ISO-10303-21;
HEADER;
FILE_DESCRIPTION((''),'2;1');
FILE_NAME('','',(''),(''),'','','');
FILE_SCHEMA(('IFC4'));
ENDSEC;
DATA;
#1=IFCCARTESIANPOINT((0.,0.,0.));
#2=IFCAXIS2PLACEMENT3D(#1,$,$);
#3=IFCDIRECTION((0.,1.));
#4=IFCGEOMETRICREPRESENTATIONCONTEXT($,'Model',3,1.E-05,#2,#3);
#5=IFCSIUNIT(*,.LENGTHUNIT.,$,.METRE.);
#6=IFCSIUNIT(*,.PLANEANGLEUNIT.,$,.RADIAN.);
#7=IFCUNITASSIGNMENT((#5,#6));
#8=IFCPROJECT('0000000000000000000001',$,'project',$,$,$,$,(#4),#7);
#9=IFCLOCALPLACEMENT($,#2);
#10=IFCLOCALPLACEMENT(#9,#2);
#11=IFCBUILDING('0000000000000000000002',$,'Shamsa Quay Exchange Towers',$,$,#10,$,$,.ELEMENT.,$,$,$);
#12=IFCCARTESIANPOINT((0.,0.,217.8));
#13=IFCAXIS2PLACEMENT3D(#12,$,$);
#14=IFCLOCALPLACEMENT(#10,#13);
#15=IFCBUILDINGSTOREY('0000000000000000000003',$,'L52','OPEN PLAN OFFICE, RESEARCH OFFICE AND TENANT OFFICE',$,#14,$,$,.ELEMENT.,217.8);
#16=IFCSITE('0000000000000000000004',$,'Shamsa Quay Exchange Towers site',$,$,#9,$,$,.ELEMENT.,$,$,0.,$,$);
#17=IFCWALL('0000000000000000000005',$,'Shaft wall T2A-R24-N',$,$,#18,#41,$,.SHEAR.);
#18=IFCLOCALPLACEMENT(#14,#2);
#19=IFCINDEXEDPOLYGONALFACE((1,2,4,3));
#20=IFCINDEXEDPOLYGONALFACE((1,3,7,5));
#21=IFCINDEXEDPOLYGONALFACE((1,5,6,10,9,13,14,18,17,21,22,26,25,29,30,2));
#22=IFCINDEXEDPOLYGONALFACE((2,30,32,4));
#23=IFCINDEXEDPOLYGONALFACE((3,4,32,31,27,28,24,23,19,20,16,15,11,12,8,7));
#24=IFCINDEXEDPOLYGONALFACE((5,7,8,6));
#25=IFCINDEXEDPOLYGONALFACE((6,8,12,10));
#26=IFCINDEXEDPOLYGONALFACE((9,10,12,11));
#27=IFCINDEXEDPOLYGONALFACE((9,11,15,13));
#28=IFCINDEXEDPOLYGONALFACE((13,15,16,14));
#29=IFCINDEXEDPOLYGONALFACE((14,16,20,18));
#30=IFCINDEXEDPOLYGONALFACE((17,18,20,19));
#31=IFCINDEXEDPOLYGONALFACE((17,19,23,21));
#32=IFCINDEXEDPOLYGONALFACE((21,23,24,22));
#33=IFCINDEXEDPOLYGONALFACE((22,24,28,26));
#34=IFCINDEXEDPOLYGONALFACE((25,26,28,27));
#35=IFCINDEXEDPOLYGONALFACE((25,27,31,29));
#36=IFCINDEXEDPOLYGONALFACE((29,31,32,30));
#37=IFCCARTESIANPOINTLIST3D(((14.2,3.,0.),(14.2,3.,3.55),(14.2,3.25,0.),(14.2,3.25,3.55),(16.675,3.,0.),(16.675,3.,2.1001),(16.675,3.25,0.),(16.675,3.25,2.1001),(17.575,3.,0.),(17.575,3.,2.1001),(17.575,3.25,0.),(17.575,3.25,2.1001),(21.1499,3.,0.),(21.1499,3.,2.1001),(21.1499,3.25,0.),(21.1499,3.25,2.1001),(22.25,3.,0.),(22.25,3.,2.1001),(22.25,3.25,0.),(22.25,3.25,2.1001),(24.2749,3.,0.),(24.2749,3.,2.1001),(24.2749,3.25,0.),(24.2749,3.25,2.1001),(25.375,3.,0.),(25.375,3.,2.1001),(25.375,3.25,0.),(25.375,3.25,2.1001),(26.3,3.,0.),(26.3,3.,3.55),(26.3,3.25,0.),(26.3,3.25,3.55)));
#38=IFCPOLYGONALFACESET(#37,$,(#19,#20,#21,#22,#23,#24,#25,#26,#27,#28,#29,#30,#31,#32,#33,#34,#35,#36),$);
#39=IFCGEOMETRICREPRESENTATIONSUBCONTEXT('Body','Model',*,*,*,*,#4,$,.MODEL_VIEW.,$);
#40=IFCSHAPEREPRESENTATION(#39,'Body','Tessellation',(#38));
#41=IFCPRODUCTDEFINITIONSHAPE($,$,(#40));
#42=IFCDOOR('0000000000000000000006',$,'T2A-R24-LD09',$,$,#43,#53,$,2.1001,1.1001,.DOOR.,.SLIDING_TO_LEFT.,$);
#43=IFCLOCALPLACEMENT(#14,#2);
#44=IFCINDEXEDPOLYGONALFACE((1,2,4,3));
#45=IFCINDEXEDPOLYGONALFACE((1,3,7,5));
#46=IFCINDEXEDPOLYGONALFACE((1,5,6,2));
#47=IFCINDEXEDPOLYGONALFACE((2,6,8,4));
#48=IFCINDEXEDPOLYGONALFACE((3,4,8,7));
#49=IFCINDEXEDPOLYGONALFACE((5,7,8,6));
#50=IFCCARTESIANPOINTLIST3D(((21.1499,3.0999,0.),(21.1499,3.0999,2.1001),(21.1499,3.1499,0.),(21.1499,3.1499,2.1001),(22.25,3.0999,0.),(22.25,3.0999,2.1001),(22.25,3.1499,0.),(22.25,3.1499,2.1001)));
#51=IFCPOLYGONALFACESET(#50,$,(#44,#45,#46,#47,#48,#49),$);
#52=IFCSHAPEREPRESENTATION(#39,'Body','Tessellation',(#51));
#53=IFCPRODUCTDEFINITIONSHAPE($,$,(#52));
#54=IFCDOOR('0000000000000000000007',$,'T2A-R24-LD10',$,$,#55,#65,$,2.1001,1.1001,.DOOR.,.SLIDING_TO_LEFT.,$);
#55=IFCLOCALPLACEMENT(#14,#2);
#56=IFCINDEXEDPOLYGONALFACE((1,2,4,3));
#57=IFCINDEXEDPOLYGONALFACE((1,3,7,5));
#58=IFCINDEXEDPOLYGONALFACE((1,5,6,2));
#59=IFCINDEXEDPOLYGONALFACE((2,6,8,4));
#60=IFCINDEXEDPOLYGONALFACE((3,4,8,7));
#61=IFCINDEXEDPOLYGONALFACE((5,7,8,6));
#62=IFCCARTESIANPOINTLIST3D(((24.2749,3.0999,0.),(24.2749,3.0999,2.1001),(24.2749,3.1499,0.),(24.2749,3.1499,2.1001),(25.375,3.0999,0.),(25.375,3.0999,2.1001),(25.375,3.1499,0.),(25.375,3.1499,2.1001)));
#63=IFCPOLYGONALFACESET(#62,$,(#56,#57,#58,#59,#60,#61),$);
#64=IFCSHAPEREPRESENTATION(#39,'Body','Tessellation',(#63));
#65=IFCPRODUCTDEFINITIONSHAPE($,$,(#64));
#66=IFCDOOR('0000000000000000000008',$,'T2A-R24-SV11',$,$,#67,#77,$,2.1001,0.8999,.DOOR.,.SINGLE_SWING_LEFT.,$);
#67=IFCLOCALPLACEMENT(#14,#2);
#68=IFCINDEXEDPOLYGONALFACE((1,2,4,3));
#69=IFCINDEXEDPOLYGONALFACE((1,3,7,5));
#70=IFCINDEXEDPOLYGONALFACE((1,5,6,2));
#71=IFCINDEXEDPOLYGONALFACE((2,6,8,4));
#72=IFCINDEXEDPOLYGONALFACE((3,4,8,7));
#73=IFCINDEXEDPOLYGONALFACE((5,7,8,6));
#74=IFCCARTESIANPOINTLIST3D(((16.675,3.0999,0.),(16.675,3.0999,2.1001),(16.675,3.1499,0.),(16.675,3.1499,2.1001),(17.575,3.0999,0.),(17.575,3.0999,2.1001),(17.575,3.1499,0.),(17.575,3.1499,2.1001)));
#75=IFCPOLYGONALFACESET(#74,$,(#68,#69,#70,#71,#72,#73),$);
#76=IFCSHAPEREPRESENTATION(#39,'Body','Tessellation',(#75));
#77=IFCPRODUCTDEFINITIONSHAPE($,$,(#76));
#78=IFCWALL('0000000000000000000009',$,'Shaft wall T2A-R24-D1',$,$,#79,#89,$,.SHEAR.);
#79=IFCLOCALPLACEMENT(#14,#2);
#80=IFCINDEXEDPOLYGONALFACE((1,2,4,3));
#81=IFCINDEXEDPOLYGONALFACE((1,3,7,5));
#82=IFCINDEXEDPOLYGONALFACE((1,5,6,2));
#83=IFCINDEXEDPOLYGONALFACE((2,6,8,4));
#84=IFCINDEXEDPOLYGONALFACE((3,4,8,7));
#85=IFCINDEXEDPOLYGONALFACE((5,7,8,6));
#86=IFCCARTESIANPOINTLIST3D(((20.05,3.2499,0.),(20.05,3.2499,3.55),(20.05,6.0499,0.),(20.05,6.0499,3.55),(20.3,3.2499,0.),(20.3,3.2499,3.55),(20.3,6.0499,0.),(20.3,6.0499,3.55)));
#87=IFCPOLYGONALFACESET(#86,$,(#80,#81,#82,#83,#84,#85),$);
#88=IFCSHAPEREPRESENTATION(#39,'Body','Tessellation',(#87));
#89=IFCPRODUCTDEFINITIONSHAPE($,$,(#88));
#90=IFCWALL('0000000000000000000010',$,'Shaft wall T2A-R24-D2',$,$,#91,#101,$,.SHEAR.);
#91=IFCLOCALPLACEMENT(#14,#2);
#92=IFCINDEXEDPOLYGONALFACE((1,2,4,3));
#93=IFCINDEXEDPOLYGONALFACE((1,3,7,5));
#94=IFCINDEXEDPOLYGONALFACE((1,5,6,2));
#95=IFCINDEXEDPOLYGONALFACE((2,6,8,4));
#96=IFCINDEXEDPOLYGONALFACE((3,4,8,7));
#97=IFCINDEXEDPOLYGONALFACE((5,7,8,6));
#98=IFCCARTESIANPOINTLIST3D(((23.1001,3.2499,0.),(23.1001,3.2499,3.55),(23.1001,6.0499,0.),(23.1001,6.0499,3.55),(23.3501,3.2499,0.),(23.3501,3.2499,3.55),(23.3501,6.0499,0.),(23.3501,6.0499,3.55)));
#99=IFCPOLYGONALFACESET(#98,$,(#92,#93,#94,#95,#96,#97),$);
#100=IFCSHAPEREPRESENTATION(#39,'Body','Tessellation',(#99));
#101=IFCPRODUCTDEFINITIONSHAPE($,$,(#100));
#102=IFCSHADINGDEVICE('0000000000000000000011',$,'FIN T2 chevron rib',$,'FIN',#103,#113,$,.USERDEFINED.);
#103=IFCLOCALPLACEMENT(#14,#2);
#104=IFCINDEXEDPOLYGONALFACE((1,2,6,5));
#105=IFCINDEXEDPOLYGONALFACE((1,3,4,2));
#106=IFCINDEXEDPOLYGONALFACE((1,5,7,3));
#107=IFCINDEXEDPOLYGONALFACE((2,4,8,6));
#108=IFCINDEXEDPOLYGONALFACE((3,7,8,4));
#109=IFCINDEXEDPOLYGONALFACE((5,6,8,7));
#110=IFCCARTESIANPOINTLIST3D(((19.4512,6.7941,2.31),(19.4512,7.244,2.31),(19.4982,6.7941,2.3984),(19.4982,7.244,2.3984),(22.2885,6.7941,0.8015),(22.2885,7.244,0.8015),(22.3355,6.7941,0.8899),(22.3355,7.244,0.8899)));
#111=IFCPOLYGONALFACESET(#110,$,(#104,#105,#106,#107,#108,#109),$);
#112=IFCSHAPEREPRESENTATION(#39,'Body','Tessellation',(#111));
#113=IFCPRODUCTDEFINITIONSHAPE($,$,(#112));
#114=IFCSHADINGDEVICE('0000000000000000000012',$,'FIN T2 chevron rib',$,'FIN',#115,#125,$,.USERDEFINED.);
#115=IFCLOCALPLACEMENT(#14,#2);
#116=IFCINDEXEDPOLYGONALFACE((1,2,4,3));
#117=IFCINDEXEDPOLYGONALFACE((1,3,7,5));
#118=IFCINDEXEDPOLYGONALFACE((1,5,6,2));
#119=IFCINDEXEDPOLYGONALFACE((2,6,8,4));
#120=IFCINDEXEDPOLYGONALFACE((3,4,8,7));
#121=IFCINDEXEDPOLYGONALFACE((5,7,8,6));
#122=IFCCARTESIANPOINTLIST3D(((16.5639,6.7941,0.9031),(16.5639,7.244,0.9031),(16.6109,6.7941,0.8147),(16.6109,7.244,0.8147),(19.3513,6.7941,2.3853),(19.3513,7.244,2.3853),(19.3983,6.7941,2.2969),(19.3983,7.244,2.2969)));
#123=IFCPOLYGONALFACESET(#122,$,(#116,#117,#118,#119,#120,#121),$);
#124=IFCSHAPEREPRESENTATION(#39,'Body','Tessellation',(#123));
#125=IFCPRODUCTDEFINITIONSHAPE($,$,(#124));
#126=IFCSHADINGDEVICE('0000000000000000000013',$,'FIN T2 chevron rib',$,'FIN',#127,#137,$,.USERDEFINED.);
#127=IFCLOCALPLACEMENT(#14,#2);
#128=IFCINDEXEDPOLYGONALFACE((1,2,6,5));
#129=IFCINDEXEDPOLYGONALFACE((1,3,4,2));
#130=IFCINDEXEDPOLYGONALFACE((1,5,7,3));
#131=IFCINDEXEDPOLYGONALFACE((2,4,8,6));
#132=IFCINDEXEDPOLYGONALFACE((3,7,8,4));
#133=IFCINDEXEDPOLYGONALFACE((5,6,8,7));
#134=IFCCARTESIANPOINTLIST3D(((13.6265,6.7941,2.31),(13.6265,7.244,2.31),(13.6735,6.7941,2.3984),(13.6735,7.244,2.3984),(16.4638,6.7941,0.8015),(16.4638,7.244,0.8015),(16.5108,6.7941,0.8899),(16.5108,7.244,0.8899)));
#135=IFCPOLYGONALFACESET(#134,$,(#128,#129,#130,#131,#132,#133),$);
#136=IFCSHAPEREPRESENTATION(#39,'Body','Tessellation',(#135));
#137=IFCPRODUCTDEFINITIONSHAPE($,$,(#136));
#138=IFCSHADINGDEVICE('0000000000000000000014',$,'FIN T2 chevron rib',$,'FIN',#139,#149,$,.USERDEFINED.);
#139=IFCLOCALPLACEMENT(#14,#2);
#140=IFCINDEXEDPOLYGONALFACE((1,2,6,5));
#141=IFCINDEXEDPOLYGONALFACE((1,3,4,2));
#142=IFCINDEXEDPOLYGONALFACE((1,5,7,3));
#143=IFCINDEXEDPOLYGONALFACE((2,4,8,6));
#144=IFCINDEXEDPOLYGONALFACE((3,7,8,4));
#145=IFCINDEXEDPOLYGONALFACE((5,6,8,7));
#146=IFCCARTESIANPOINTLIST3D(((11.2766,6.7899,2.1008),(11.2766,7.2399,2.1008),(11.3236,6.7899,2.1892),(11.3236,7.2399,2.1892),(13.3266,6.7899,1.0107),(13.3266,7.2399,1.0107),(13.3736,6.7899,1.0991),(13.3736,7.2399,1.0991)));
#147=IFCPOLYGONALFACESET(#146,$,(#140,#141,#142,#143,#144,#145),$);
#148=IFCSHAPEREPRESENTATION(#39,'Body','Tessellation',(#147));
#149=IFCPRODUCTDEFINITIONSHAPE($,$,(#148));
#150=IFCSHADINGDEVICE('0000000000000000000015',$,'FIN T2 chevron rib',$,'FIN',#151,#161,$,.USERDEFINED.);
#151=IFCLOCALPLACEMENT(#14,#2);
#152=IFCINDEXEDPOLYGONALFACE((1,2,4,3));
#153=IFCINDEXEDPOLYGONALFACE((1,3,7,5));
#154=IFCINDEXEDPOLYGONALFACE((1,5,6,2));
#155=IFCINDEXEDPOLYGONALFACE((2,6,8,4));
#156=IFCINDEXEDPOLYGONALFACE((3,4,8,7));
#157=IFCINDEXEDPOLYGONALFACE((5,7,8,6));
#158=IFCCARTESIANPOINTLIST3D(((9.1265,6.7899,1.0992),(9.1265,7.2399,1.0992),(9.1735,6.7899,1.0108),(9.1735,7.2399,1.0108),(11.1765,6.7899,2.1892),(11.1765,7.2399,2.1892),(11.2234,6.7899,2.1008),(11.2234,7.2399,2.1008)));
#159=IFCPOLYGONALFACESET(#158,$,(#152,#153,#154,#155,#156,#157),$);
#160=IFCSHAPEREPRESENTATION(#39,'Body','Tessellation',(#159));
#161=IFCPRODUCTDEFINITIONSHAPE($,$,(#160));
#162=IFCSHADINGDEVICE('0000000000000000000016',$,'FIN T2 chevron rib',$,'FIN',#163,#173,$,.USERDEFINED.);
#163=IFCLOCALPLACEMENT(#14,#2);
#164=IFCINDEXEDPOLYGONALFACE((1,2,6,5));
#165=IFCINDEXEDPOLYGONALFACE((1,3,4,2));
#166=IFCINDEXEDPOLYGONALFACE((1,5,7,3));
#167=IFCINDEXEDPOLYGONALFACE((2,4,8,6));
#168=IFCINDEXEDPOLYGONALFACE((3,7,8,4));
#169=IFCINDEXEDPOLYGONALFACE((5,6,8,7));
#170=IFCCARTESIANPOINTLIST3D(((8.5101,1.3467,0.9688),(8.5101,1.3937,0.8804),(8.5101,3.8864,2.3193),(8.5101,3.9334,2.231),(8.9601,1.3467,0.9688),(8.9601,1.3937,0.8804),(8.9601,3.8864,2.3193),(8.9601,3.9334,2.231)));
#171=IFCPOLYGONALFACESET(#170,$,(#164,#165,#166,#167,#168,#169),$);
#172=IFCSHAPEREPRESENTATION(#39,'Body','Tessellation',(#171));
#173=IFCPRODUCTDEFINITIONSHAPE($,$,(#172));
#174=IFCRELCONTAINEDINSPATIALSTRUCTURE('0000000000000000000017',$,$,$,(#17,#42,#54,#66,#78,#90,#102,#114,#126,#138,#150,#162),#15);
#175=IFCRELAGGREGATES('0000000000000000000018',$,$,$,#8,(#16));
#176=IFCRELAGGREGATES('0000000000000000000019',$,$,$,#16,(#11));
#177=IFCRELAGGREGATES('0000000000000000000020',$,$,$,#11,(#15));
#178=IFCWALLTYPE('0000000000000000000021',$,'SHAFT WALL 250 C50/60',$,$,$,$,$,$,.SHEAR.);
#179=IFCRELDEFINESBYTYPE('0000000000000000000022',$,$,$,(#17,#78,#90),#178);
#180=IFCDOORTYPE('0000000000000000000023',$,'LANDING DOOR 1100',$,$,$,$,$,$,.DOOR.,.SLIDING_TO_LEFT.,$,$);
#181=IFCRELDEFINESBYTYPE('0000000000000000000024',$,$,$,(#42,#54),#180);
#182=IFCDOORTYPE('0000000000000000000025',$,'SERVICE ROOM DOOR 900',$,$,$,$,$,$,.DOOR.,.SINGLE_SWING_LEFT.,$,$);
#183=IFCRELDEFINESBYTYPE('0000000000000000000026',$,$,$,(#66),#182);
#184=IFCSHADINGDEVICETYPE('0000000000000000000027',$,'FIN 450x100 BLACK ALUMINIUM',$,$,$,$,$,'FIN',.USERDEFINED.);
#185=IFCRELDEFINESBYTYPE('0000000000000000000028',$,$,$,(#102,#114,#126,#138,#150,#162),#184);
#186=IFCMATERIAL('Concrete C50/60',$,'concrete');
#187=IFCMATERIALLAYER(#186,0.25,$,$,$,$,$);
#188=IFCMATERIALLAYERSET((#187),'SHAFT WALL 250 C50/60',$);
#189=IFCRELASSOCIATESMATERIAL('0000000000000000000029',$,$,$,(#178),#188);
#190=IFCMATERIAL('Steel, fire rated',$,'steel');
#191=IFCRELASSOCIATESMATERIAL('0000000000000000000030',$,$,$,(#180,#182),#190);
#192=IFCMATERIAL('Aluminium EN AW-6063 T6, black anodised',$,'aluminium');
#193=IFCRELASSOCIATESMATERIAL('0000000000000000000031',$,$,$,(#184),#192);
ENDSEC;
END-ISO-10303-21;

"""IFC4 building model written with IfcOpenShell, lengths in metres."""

from ifc_helpers import new_model, si_unit, direction, frame, frame_2d, origin, origin_2d, place, context, subcontext, project, spatial, rectangle, extrude, material, layer, layer_set, material_profile, profile_set, type_object, element, fill, save


model = new_model("IFC4")

# Units and contexts
model_context = context("Model", 3, precision=1e-05, world=origin(), true_north=direction((0.0, 1.0)))
body_context = subcontext(model_context, "Body", "Model", "MODEL_VIEW")
ifc_project = project(units=[si_unit("LENGTHUNIT", "METRE"), si_unit("PLANEANGLEUNIT", "RADIAN")], contexts=[model_context])

# Site, building, storey
site_placement = place(None, origin())
site = spatial("IfcSite", under=ifc_project, at=site_placement, Name="Shamsa Quay Exchange Towers site", CompositionType="ELEMENT", RefElevation=0.0)
building_placement = place(site_placement, origin())
building = spatial("IfcBuilding", under=site, at=building_placement, Name="Shamsa Quay Exchange Towers", CompositionType="ELEMENT")
storey_placement = place(building_placement, frame((0.0, 0.0, 217.8)))
storey = spatial("IfcBuildingStorey", under=building, at=storey_placement, Name="L52", Description="OPEN PLAN OFFICE, RESEARCH OFFICE AND TENANT OFFICE", CompositionType="ELEMENT", Elevation=217.8)

# Shared definitions
ifc_material_1 = material(Name="Aluminium EN AW-6063 T6, black anodised", Category="aluminium")

# Shared definitions
ifc_material_2 = material(Name="Steel, fire rated", Category="steel")

# Wall, openings, doors
ifc_material_3 = material(Name="Concrete C50/60", Category="concrete")
ifc_layer_1 = layer(ifc_material_3, 0.25)
ifc_layer_set_1 = layer_set([ifc_layer_1], Name="SHAFT WALL 250 C50/60")
wall_type_1 = type_object("IfcWallType", Name="SHAFT WALL 250 C50/60", PredefinedType="SHEAR", material=ifc_layer_set_1)
wall_1_placement = place(storey_placement, frame((14.2, 3.125, 0.0)))
wall_1 = element("IfcWall", 1, at=wall_1_placement, inside=storey, type_object=wall_type_1, Name="Shaft wall T2A-R24-N", PredefinedType="SHEAR", context=body_context, shape_type="SweptSolid", body=[
    extrude(rectangle(XDim=12.1001, YDim=0.25, at=frame_2d((6.05, 0.0))), origin(), (0.0, 0.0, 1.0), 3.55),
])
opening_1_placement = place(wall_1_placement, frame((6.95, 0.0, 0.0)))
opening_1 = element("IfcOpeningElement", 2, at=opening_1_placement, cuts=wall_1, PredefinedType="OPENING", context=body_context, shape_type="SweptSolid", body=[
    extrude(rectangle(XDim=1.1001, YDim=2.1001, at=frame_2d((0.55, 1.05))), frame((0.0, 0.135, 0.0), z_axis=(0.0, -1.0, 0.0), x_axis=(1.0, 0.0, 0.0)), (0.0, 0.0, 1.0), 0.27),
])
opening_2_placement = place(wall_1_placement, frame((10.075, 0.0, 0.0)))
opening_2 = element("IfcOpeningElement", 3, at=opening_2_placement, cuts=wall_1, PredefinedType="OPENING", context=body_context, shape_type="SweptSolid", body=[
    extrude(rectangle(XDim=1.1001, YDim=2.1001, at=frame_2d((0.55, 1.05))), frame((0.0, 0.135, 0.0), z_axis=(0.0, -1.0, 0.0), x_axis=(1.0, 0.0, 0.0)), (0.0, 0.0, 1.0), 0.27),
])
opening_3_placement = place(wall_1_placement, frame((2.4751, 0.0, 0.0)))
opening_3 = element("IfcOpeningElement", 4, at=opening_3_placement, cuts=wall_1, PredefinedType="OPENING", context=body_context, shape_type="SweptSolid", body=[
    extrude(rectangle(XDim=0.8999, YDim=2.1001, at=frame_2d((0.45, 1.05))), frame((0.0, 0.135, 0.0), z_axis=(0.0, -1.0, 0.0), x_axis=(1.0, 0.0, 0.0)), (0.0, 0.0, 1.0), 0.27),
])
door_type_1 = type_object("IfcDoorType", Name="LANDING DOOR 1100", OperationType="SLIDING_TO_LEFT", PredefinedType="DOOR", material=ifc_material_2)
door_1_placement = place(opening_1_placement, origin())
door_1 = element("IfcDoor", 5, at=door_1_placement, inside=storey, type_object=door_type_1, Name="T2A-R24-LD09", OperationType="SLIDING_TO_LEFT", OverallHeight=2.1001, OverallWidth=1.1001, PredefinedType="DOOR", context=body_context, shape_type="SweptSolid", body=[
    extrude(rectangle(XDim=1.1001, YDim=2.1001, at=frame_2d((0.55, 1.05))), frame((0.0, 0.0249, 0.0), z_axis=(0.0, -1.0, 0.0), x_axis=(1.0, 0.0, 0.0)), (0.0, 0.0, 1.0), 0.05),
])
fill(opening_1, door_1)
door_2_placement = place(opening_2_placement, origin())
door_2 = element("IfcDoor", 6, at=door_2_placement, inside=storey, type_object=door_type_1, Name="T2A-R24-LD10", OperationType="SLIDING_TO_LEFT", OverallHeight=2.1001, OverallWidth=1.1001, PredefinedType="DOOR", context=body_context, shape_type="SweptSolid", body=[
    extrude(rectangle(XDim=1.1001, YDim=2.1001, at=frame_2d((0.55, 1.05))), frame((0.0, 0.0249, 0.0), z_axis=(0.0, -1.0, 0.0), x_axis=(1.0, 0.0, 0.0)), (0.0, 0.0, 1.0), 0.05),
])
fill(opening_2, door_2)
door_type_2 = type_object("IfcDoorType", Name="SERVICE ROOM DOOR 900", OperationType="SINGLE_SWING_LEFT", PredefinedType="DOOR", material=ifc_material_2)
door_3_placement = place(opening_3_placement, origin())
door_3 = element("IfcDoor", 7, at=door_3_placement, inside=storey, type_object=door_type_2, Name="T2A-R24-SV11", OperationType="SINGLE_SWING_LEFT", OverallHeight=2.1001, OverallWidth=0.8999, PredefinedType="DOOR", context=body_context, shape_type="SweptSolid", body=[
    extrude(rectangle(XDim=0.8999, YDim=2.1001, at=frame_2d((0.45, 1.05))), frame((0.0, 0.0249, 0.0), z_axis=(0.0, -1.0, 0.0), x_axis=(1.0, 0.0, 0.0)), (0.0, 0.0, 1.0), 0.05),
])
fill(opening_3, door_3)

# Walls
for number, where, z_axis, x_axis, name in (
    (8, (20.175, 3.25, 0.0), (0.0, 0.0, 1.0), (0.0, 1.0, 0.0), "Shaft wall T2A-R24-D1"),
    (9, (23.2251, 3.25, 0.0), (0.0, 0.0, 1.0), (0.0, 1.0, 0.0), "Shaft wall T2A-R24-D2"),
):
    element("IfcWall", number, at=place(storey_placement, frame(where, z_axis=z_axis, x_axis=x_axis)), inside=storey, type_object=wall_type_1, Name=name, PredefinedType="SHEAR", context=body_context, shape_type="SweptSolid", body=[
        extrude(rectangle(XDim=2.8, YDim=0.25, at=frame_2d((1.3999, 0.0))), origin(), (0.0, 0.0, 1.0), 3.55),
    ])

# Shading devices
ifc_material_profile_1 = material_profile(ifc_material_1, rectangle(XDim=0.45, YDim=0.1001, at=origin_2d()), Name="FIN450x100")
ifc_profile_set_1 = profile_set([ifc_material_profile_1], Name="Aluminium EN AW-6063 T6, black anodised")
shading_device_type = type_object("IfcShadingDeviceType", Name="FIN 450x100 BLACK ALUMINIUM", ElementType="FIN", PredefinedType="USERDEFINED", material=ifc_profile_set_1)
shading_device_1_placement = place(storey_placement, frame((22.312, 7.019, 0.8457), z_axis=(-0.882964, 0.0, 0.46944), x_axis=(0.0, -1.0, 0.0)))
element("IfcShadingDevice", 10, at=shading_device_1_placement, inside=storey, type_object=shading_device_type, Name="FIN T2 chevron rib", ObjectType="FIN", PredefinedType="USERDEFINED", context=body_context, shape_type="SweptSolid", body=[
    extrude(rectangle(XDim=0.45, YDim=0.1001, at=origin_2d()), origin(), (0.0, 0.0, 1.0), 3.2134),
])
shading_device_2_placement = place(storey_placement, frame((19.3748, 7.019, 2.3411), z_axis=(-0.882932, 0.0, -0.4695), x_axis=(0.0, -1.0, 0.0)))
element("IfcShadingDevice", 11, at=shading_device_2_placement, inside=storey, type_object=shading_device_type, Name="FIN T2 chevron rib", ObjectType="FIN", PredefinedType="USERDEFINED", context=body_context, shape_type="SweptSolid", body=[
    extrude(rectangle(XDim=0.45, YDim=0.1001, at=origin_2d()), origin(), (0.0, 0.0, 1.0), 3.157),
])
shading_device_3_placement = place(storey_placement, frame((16.4873, 7.019, 0.8457), z_axis=(-0.882964, 0.0, 0.46944), x_axis=(0.0, -1.0, 0.0)))
element("IfcShadingDevice", 12, at=shading_device_3_placement, inside=storey, type_object=shading_device_type, Name="FIN T2 chevron rib", ObjectType="FIN", PredefinedType="USERDEFINED", context=body_context, shape_type="SweptSolid", body=[
    extrude(rectangle(XDim=0.45, YDim=0.1001, at=origin_2d()), origin(), (0.0, 0.0, 1.0), 3.2134),
])
for number, where, z_axis, x_axis, name in (
    (13, (13.3501, 7.0149, 1.0549), (-0.882937, 0.0, 0.469491), (0.0, -1.0, 0.0), "FIN T2 chevron rib"),
    (14, (11.2, 7.0149, 2.145), (-0.882937, 0.0, -0.469491), (0.0, -1.0, 0.0), "FIN T2 chevron rib"),
):
    element("IfcShadingDevice", number, at=place(storey_placement, frame(where, z_axis=z_axis, x_axis=x_axis)), inside=storey, type_object=shading_device_type, Name=name, ObjectType="FIN", PredefinedType="USERDEFINED", context=body_context, shape_type="SweptSolid", body=[
        extrude(rectangle(XDim=0.45, YDim=0.1001, at=origin_2d()), origin(), (0.0, 0.0, 1.0), 2.3218),
    ])
shading_device_4_placement = place(storey_placement, frame((8.7351, 3.9099, 2.2751), z_axis=(0.0, -0.882926, -0.469513), x_axis=(1.0, 0.0, 0.0)))
element("IfcShadingDevice", 15, at=shading_device_4_placement, inside=storey, type_object=shading_device_type, Name="FIN T2 chevron rib", ObjectType="FIN", PredefinedType="USERDEFINED", context=body_context, shape_type="SweptSolid", body=[
    extrude(rectangle(XDim=0.45, YDim=0.1001, at=origin_2d()), origin(), (0.0, 0.0, 1.0), 2.8765),
])

save(model, "model.ifc")
